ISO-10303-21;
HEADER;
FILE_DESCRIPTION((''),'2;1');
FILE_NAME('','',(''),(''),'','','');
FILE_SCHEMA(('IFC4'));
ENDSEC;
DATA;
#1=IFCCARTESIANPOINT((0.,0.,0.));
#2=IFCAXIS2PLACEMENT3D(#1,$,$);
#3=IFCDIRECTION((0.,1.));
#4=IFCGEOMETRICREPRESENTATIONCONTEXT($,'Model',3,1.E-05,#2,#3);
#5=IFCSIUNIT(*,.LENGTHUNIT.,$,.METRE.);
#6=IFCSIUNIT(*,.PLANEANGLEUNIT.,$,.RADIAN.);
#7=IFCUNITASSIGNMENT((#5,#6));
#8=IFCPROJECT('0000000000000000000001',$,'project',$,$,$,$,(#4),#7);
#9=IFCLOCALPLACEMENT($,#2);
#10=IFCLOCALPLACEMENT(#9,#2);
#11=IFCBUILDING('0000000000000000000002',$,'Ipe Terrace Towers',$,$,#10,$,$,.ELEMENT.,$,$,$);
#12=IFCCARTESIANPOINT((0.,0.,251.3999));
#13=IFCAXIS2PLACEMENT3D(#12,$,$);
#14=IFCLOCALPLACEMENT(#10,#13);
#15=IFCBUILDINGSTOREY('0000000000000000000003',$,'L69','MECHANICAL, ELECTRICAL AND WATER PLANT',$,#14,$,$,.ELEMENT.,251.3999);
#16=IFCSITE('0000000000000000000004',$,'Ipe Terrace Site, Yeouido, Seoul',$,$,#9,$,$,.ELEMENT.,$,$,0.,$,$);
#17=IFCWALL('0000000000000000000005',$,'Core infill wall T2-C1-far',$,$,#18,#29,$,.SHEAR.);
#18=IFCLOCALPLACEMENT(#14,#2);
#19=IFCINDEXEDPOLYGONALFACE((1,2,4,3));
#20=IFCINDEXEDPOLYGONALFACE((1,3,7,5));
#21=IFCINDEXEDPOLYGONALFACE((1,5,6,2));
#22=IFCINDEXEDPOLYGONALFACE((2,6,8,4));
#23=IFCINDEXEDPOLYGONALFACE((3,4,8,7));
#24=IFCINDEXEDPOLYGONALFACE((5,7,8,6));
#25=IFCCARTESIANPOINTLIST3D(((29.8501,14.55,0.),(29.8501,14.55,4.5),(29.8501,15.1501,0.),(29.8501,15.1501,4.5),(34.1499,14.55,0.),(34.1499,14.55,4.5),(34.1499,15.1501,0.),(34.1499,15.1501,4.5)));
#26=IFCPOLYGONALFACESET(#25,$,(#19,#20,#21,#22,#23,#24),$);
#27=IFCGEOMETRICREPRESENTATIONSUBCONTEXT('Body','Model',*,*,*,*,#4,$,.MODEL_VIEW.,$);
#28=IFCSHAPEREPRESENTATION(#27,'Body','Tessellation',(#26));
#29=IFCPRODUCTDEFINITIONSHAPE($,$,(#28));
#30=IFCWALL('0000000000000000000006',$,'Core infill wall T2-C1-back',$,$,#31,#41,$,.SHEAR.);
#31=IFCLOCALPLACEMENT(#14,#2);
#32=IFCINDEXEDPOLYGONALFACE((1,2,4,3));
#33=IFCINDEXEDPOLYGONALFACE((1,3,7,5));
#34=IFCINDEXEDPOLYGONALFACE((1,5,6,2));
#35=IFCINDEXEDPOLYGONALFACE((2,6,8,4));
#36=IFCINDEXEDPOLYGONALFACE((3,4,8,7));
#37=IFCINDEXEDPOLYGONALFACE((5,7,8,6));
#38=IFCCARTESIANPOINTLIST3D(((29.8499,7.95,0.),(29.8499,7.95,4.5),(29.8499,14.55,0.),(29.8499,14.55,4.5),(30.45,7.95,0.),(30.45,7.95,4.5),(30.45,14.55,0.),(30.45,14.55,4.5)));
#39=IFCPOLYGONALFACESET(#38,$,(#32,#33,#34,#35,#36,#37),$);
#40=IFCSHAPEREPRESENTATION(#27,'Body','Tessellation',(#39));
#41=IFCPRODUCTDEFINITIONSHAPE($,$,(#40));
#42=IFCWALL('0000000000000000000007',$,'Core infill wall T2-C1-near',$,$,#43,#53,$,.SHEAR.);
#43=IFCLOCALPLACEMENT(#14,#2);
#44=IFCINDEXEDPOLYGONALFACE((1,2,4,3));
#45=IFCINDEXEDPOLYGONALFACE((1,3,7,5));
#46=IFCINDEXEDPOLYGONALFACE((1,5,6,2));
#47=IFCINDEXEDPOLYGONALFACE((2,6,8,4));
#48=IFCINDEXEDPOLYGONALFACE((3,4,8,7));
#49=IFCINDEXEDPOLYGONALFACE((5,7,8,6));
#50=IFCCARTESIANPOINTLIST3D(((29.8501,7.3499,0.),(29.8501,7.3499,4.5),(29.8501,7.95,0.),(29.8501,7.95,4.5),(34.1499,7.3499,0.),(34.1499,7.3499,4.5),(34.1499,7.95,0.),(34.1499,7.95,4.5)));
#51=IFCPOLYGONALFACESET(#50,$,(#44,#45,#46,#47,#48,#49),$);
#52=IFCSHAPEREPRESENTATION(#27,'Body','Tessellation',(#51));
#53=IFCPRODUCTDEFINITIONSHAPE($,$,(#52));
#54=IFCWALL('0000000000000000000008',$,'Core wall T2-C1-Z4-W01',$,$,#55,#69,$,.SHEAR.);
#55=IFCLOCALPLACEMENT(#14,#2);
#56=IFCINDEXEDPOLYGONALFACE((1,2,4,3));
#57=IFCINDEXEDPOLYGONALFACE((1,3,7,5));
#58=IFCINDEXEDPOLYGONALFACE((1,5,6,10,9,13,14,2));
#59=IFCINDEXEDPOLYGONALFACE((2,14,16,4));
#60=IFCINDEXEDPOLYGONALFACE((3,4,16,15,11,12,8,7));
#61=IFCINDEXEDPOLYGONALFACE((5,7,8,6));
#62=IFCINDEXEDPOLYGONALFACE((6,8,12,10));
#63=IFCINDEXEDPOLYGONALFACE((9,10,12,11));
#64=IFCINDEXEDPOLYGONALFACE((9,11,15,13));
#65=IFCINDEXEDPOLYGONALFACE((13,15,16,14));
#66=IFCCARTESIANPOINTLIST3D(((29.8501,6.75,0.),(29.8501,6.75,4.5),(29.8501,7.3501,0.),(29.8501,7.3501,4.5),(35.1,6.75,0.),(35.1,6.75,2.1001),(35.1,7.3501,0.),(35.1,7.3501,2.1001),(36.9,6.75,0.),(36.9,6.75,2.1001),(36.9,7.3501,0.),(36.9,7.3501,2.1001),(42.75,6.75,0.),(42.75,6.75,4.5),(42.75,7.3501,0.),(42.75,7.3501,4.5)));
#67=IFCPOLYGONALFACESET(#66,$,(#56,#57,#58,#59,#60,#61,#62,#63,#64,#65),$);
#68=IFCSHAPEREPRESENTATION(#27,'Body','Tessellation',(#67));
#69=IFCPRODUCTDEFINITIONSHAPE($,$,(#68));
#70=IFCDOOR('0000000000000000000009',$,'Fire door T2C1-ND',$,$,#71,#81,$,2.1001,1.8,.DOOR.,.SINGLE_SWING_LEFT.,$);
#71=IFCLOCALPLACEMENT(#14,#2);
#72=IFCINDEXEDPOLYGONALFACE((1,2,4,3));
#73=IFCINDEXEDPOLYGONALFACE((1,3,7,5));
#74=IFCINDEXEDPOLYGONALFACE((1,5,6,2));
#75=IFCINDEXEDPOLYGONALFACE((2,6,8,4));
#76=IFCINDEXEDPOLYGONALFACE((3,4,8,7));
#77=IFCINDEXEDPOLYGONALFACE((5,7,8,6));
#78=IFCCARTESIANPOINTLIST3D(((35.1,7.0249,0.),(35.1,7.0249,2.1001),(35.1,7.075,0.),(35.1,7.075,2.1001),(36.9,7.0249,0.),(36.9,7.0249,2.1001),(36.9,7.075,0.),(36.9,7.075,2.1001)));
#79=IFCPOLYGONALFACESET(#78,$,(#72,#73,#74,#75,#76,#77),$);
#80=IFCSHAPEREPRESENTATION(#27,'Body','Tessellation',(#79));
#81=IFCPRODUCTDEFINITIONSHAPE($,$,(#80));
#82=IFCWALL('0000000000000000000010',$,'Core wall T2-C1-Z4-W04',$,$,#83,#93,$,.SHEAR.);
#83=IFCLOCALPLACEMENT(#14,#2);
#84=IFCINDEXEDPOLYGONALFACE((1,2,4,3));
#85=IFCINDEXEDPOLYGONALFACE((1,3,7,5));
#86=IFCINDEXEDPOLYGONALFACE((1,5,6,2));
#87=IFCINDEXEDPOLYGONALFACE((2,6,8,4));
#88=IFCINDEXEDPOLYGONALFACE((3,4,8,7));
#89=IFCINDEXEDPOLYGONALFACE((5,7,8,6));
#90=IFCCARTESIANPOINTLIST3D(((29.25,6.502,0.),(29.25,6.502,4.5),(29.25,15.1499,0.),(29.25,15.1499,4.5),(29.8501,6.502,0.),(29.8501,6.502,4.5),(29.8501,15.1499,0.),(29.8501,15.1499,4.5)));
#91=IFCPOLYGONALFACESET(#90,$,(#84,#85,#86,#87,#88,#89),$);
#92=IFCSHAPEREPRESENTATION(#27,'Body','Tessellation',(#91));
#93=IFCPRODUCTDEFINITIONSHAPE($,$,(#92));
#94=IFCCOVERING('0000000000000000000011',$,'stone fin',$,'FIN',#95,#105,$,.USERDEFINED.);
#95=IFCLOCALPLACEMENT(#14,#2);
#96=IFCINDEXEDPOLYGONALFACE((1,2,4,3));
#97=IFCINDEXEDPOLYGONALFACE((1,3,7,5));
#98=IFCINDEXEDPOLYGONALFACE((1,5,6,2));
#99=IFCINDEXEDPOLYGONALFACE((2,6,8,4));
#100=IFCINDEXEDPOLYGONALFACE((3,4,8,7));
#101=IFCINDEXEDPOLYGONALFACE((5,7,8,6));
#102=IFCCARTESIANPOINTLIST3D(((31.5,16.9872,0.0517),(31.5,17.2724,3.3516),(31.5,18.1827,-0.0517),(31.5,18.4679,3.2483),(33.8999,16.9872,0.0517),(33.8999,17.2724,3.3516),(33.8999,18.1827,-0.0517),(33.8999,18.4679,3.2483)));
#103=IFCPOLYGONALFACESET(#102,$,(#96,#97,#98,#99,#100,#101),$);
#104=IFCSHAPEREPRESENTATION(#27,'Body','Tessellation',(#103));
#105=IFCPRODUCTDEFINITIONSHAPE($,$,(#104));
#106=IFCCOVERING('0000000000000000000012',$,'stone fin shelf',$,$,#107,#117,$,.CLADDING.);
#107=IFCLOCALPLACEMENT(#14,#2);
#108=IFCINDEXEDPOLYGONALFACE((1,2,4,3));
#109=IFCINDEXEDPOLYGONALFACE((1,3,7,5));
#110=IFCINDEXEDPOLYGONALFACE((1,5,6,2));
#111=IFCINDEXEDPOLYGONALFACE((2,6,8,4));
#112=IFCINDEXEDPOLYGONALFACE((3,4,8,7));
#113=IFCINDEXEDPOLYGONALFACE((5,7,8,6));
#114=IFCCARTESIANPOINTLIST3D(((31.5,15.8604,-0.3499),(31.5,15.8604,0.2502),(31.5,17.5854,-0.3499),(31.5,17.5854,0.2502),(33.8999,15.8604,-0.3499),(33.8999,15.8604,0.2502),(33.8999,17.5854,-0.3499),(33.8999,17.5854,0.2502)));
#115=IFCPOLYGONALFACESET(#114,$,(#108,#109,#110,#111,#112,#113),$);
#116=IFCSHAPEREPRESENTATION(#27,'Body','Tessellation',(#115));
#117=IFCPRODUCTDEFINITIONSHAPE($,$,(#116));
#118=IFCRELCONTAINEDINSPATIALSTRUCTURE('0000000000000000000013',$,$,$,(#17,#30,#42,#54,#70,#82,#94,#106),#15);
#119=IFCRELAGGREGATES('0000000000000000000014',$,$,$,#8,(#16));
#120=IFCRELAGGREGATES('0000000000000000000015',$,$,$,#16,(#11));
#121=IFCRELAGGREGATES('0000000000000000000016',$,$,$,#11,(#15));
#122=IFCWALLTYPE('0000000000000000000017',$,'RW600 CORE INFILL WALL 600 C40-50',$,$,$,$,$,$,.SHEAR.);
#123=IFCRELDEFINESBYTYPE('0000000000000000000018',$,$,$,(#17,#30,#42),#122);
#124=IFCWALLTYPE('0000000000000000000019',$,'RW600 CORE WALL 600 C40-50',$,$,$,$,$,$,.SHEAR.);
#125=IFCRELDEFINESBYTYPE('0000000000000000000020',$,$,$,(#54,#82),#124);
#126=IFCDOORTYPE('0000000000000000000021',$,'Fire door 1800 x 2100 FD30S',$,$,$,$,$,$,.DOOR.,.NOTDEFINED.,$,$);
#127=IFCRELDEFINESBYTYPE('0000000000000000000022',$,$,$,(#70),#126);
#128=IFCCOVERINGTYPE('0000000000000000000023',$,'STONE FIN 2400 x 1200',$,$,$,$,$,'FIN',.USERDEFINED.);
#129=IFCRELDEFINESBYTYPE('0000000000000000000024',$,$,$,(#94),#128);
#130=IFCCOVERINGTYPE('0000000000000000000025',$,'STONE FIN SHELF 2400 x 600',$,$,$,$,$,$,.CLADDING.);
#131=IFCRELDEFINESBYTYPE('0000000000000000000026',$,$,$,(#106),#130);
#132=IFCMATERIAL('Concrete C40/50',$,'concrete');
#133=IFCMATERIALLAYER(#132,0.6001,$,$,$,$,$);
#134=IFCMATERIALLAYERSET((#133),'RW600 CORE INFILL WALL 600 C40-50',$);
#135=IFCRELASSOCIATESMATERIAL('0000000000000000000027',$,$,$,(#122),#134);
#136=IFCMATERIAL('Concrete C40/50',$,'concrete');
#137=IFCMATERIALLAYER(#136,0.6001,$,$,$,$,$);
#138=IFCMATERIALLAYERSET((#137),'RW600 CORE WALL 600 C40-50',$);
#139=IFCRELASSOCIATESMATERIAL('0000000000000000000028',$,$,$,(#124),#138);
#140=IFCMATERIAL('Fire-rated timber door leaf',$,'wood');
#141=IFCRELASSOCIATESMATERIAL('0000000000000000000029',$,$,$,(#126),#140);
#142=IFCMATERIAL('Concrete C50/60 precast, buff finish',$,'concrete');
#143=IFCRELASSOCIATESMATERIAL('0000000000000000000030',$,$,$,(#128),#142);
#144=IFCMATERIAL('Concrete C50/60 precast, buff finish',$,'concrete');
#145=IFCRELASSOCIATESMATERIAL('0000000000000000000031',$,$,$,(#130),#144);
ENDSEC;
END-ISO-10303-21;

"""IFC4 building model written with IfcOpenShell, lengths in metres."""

from ifc_helpers import new_model, si_unit, direction, frame, frame_2d, origin, origin_2d, place, context, subcontext, project, spatial, rectangle, extrude, material, layer, layer_set, material_profile, profile_set, type_object, element, fill, save


model = new_model("IFC4")

# Units and contexts
model_context = context("Model", 3, precision=1e-05, world=origin(), true_north=direction((0.0, 1.0)))
body_context = subcontext(model_context, "Body", "Model", "MODEL_VIEW")
ifc_project = project(units=[si_unit("LENGTHUNIT", "METRE"), si_unit("PLANEANGLEUNIT", "RADIAN")], contexts=[model_context])

# Site, building, storey
site_placement = place(None, origin())
site = spatial("IfcSite", under=ifc_project, at=site_placement, Name="Ipe Terrace Site, Yeouido, Seoul", CompositionType="ELEMENT", RefElevation=0.0)
building_placement = place(site_placement, origin())
building = spatial("IfcBuilding", under=site, at=building_placement, Name="Ipe Terrace Towers", CompositionType="ELEMENT")
storey_placement = place(building_placement, frame((0.0, 0.0, 251.3999)))
storey = spatial("IfcBuildingStorey", under=building, at=storey_placement, Name="L69", Description="MECHANICAL, ELECTRICAL AND WATER PLANT", CompositionType="ELEMENT", Elevation=251.3999)

# Walls
ifc_material_1 = material(Name="Concrete C40/50", Category="concrete")
ifc_layer_1 = layer(ifc_material_1, 0.6001)
ifc_layer_set_1 = layer_set([ifc_layer_1], Name="RW600 CORE INFILL WALL 600 C40-50")
wall_type_1 = type_object("IfcWallType", Name="RW600 CORE INFILL WALL 600 C40-50", PredefinedType="SHEAR", material=ifc_layer_set_1)
wall_1_placement = place(storey_placement, frame((34.1499, 14.8501, 0.0), z_axis=(0.0, 0.0, 1.0), x_axis=(-1.0, 0.0, 0.0)))
element("IfcWall", 1, at=wall_1_placement, inside=storey, type_object=wall_type_1, Name="Core infill wall T2-C1-far", PredefinedType="SHEAR", context=body_context, shape_type="SweptSolid", body=[
    extrude(rectangle(XDim=4.2998, YDim=0.6001, at=frame_2d((2.1499, 0.0))), origin(), (0.0, 0.0, 1.0), 4.5),
])
wall_2_placement = place(storey_placement, frame((30.1499, 7.95, 0.0), z_axis=(0.0, 0.0, 1.0), x_axis=(0.0, 1.0, 0.0)))
element("IfcWall", 2, at=wall_2_placement, inside=storey, type_object=wall_type_1, Name="Core infill wall T2-C1-back", PredefinedType="SHEAR", context=body_context, shape_type="SweptSolid", body=[
    extrude(rectangle(XDim=6.6001, YDim=0.6001, at=frame_2d((3.3, 0.0))), origin(), (0.0, 0.0, 1.0), 4.5),
])
wall_3_placement = place(storey_placement, frame((34.1499, 7.6499, 0.0), z_axis=(0.0, 0.0, 1.0), x_axis=(-1.0, 0.0, 0.0)))
element("IfcWall", 3, at=wall_3_placement, inside=storey, type_object=wall_type_1, Name="Core infill wall T2-C1-near", PredefinedType="SHEAR", context=body_context, shape_type="SweptSolid", body=[
    extrude(rectangle(XDim=4.2998, YDim=0.6001, at=frame_2d((2.1499, 0.0))), origin(), (0.0, 0.0, 1.0), 4.5),
])

# Wall, opening, door
ifc_material_2 = material(Name="Concrete C40/50", Category="concrete")
ifc_layer_2 = layer(ifc_material_2, 0.6001)
ifc_layer_set_2 = layer_set([ifc_layer_2], Name="RW600 CORE WALL 600 C40-50")
wall_type_2 = type_object("IfcWallType", Name="RW600 CORE WALL 600 C40-50", PredefinedType="SHEAR", material=ifc_layer_set_2)
wall_4_placement = place(storey_placement, frame((29.8501, 7.05, 0.0), z_axis=(0.0, 0.0, 1.0), x_axis=(1.0, 0.0, 0.0)))
wall_4 = element("IfcWall", 4, at=wall_4_placement, inside=storey, type_object=wall_type_2, Name="Core wall T2-C1-Z4-W01", PredefinedType="SHEAR", context=body_context, shape_type="SweptSolid", body=[
    extrude(rectangle(XDim=12.8999, YDim=0.6001, at=frame_2d((6.45, 0.0))), origin(), (0.0, 0.0, 1.0), 4.5),
])
opening_1_placement = place(wall_4_placement, frame((5.25, 0.0, 0.0)))
opening_1 = element("IfcOpeningElement", 5, at=opening_1_placement, cuts=wall_4, PredefinedType="OPENING", context=body_context, shape_type="SweptSolid", body=[
    extrude(rectangle(XDim=1.8, YDim=2.1001, at=frame_2d((0.8999, 1.05))), frame((0.0, 0.3101, 0.0), z_axis=(0.0, -1.0, 0.0), x_axis=(1.0, 0.0, 0.0)), (0.0, 0.0, 1.0), 0.6201),
])
ifc_material_3 = material(Name="Fire-rated timber door leaf", Category="wood")
door_type_1 = type_object("IfcDoorType", Name="Fire door 1800 x 2100 FD30S", OperationType="NOTDEFINED", PredefinedType="DOOR", material=ifc_material_3)
door_1_placement = place(opening_1_placement, origin())
door_1 = element("IfcDoor", 6, at=door_1_placement, inside=storey, type_object=door_type_1, Name="Fire door T2C1-ND", OperationType="SINGLE_SWING_LEFT", OverallHeight=2.1001, OverallWidth=1.8, PredefinedType="DOOR", context=body_context, shape_type="SweptSolid", body=[
    extrude(rectangle(XDim=1.8, YDim=2.1001, at=frame_2d((0.8999, 1.05))), frame((0.0, 0.0249, 0.0), z_axis=(0.0, -1.0, 0.0), x_axis=(1.0, 0.0, 0.0)), (0.0, 0.0, 1.0), 0.05),
])
fill(opening_1, door_1)

# Wall
wall_5_placement = place(storey_placement, frame((29.55, 15.1499, 0.0), z_axis=(0.0, 0.0, 1.0), x_axis=(0.0, -1.0, 0.0)))
element("IfcWall", 7, at=wall_5_placement, inside=storey, type_object=wall_type_2, Name="Core wall T2-C1-Z4-W04", PredefinedType="SHEAR", context=body_context, shape_type="SweptSolid", body=[
    extrude(rectangle(XDim=8.6479, YDim=0.6001, at=frame_2d((4.324, 0.0))), origin(), (0.0, 0.0, 1.0), 4.5),
])

# Coverings
ifc_material_4 = material(Name="Concrete C50/60 precast, buff finish", Category="concrete")
ifc_material_profile_1 = material_profile(ifc_material_4, rectangle(XDim=2.3999, YDim=1.2, at=origin_2d()), Name="STONE FIN 2400 x 1200")
ifc_profile_set_1 = profile_set([ifc_material_profile_1], Name="Concrete C50/60 precast, buff finish")
covering_type_1 = type_object("IfcCoveringType", Name="STONE FIN 2400 x 1200", ElementType="FIN", PredefinedType="USERDEFINED", material=ifc_profile_set_1)
covering_1_placement = place(storey_placement, frame((32.7, 17.585, 0.0), z_axis=(0.0, 0.086089, 0.996287), x_axis=(-1.0, 0.0, 0.0)))
element("IfcCovering", 8, at=covering_1_placement, inside=storey, type_object=covering_type_1, Name="stone fin", ObjectType="FIN", PredefinedType="USERDEFINED", context=body_context, shape_type="SweptSolid", body=[
    extrude(rectangle(XDim=2.3999, YDim=1.2, at=origin_2d()), origin(), (0.0, 0.0, 1.0), 3.3123),
])
ifc_material_5 = material(Name="Concrete C50/60 precast, buff finish", Category="concrete")
covering_type_2 = type_object("IfcCoveringType", Name="STONE FIN SHELF 2400 x 600", PredefinedType="CLADDING", material=ifc_material_5)
covering_2_placement = place(storey_placement, frame((32.7, 16.7229, -0.3499), z_axis=(0.0, 0.0, 1.0), x_axis=(-1.0, 0.0, 0.0)))
element("IfcCovering", 9, at=covering_2_placement, inside=storey, type_object=covering_type_2, Name="stone fin shelf", PredefinedType="CLADDING", context=body_context, shape_type="SweptSolid", body=[
    extrude(rectangle(XDim=2.3999, YDim=1.7251, at=origin_2d()), origin(), (0.0, 0.0, 1.0), 0.6001),
])

save(model, "model.ifc")
